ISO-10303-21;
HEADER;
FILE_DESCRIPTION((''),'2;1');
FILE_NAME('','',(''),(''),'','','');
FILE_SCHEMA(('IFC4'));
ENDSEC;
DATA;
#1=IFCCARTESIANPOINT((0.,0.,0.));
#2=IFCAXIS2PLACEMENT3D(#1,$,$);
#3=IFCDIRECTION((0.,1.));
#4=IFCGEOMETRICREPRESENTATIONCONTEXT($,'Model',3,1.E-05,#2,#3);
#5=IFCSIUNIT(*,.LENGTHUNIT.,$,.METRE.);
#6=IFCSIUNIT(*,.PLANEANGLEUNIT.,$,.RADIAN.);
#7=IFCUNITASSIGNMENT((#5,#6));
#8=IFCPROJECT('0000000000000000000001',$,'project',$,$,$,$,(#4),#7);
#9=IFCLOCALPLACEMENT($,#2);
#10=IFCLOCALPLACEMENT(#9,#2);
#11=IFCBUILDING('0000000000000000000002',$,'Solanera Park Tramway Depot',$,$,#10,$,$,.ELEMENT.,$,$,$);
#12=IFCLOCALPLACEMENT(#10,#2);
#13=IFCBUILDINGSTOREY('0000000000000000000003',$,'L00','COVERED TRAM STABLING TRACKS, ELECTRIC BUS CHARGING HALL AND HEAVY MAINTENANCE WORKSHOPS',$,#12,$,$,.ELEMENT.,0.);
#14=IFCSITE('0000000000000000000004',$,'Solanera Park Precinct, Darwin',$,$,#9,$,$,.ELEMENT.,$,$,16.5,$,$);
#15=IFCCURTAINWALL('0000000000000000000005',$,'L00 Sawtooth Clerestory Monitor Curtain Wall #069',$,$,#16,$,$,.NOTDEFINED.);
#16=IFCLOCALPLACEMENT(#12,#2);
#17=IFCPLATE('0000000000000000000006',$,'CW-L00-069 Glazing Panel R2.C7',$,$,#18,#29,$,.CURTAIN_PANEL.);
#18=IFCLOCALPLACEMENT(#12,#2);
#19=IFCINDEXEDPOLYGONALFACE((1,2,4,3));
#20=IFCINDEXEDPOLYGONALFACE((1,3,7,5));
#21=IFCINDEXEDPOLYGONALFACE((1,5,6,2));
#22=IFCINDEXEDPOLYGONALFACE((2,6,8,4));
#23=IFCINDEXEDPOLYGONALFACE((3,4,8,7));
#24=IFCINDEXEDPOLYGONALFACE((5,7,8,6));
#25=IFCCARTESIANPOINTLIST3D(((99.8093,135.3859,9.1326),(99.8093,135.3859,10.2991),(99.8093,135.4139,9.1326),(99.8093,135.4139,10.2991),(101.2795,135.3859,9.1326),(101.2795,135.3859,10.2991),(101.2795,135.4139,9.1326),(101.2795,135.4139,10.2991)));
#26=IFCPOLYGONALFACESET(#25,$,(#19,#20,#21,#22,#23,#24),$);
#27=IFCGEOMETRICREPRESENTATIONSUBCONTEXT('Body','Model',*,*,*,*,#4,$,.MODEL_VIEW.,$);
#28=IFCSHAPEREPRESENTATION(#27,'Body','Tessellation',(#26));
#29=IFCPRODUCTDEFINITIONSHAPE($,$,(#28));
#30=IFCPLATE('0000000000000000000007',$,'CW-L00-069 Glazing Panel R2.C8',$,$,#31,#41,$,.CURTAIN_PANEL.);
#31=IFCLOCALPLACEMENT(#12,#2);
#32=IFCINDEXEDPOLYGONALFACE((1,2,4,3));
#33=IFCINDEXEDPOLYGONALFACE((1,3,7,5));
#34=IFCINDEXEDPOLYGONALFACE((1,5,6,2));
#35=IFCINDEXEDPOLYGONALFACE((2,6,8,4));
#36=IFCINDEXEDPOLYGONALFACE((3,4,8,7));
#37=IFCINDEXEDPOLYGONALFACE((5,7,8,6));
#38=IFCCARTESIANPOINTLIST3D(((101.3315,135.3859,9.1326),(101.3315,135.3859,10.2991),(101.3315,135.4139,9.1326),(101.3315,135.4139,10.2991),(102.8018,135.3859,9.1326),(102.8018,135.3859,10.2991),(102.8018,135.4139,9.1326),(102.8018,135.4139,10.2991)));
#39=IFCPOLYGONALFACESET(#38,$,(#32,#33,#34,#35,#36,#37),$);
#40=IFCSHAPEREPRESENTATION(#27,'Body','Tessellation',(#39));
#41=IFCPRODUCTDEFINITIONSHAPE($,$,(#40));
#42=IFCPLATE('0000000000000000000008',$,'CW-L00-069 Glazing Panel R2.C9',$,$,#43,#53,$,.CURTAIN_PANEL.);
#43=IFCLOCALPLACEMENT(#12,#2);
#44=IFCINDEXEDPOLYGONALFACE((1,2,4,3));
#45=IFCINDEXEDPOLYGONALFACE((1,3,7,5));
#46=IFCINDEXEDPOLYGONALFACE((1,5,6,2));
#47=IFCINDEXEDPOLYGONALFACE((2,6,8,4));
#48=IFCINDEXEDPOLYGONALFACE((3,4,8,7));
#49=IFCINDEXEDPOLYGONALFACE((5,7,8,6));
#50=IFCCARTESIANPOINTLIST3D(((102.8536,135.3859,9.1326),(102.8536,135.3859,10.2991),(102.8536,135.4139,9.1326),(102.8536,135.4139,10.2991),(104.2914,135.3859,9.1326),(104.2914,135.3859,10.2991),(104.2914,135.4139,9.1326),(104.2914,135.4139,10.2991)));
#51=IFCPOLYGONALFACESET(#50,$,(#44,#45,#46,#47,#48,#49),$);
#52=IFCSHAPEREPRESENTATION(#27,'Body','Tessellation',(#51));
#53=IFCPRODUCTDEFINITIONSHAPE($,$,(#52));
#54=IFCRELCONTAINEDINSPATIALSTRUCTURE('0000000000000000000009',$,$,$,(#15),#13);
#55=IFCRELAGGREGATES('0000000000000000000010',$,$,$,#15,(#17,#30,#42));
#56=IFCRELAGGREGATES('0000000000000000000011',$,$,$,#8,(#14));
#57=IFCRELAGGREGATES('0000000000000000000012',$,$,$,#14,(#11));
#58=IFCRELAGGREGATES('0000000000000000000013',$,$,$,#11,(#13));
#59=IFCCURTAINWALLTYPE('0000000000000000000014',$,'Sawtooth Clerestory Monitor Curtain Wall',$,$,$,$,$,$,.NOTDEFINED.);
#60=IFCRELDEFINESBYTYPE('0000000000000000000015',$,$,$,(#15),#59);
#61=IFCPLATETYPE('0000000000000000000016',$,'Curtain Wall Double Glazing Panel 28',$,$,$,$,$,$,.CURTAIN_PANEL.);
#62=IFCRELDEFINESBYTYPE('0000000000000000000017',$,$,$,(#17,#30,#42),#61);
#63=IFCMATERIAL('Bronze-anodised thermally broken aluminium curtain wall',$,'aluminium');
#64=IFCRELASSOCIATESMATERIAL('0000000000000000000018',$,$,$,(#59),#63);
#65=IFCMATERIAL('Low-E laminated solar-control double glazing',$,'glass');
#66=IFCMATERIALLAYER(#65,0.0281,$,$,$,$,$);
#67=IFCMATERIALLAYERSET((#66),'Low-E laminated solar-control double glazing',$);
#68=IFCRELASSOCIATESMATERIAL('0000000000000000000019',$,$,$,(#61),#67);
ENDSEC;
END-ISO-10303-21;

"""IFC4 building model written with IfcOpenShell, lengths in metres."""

from ifc_helpers import new_model, si_unit, direction, frame, origin, origin_2d, place, context, subcontext, project, spatial, rectangle, extrude, material, layer, layer_set, type_object, element, aggregate, save


model = new_model("IFC4")

# Units and contexts
model_context = context("Model", 3, precision=1e-05, world=origin(), true_north=direction((0.0, 1.0)))
body_context = subcontext(model_context, "Body", "Model", "MODEL_VIEW")
ifc_project = project(units=[si_unit("LENGTHUNIT", "METRE"), si_unit("PLANEANGLEUNIT", "RADIAN")], contexts=[model_context])

# Site, building, storey
site_placement = place(None, origin())
site = spatial("IfcSite", under=ifc_project, at=site_placement, Name="Solanera Park Precinct, Darwin", CompositionType="ELEMENT", RefElevation=16.5)
building_placement = place(site_placement, origin())
building = spatial("IfcBuilding", under=site, at=building_placement, Name="Solanera Park Tramway Depot", CompositionType="ELEMENT")
storey_placement = place(building_placement, origin())
storey = spatial("IfcBuildingStorey", under=building, at=storey_placement, Name="L00", Description="COVERED TRAM STABLING TRACKS, ELECTRIC BUS CHARGING HALL AND HEAVY MAINTENANCE WORKSHOPS", CompositionType="ELEMENT", Elevation=0.0)

# Curtain wall, plates
ifc_material_1 = material(Name="Bronze-anodised thermally broken aluminium curtain wall", Category="aluminium")
curtain_wall_type = type_object("IfcCurtainWallType", Name="Sawtooth Clerestory Monitor Curtain Wall", PredefinedType="NOTDEFINED", material=ifc_material_1)
curtain_wall_placement = place(storey_placement, origin())
curtain_wall = element("IfcCurtainWall", 1, at=curtain_wall_placement, inside=storey, type_object=curtain_wall_type, Name="L00 Sawtooth Clerestory Monitor Curtain Wall #069", PredefinedType="NOTDEFINED")
ifc_material_2 = material(Name="Low-E laminated solar-control double glazing", Category="glass")
ifc_layer = layer(ifc_material_2, 0.0281)
ifc_layer_set = layer_set([ifc_layer], Name="Low-E laminated solar-control double glazing")
plate_type = type_object("IfcPlateType", Name="Curtain Wall Double Glazing Panel 28", PredefinedType="CURTAIN_PANEL", material=ifc_layer_set)
plate_1_placement = place(storey_placement, frame((100.5444, 135.3999, 9.1326), z_axis=(0.0, 0.0, 1.0), x_axis=(1.0, 0.0, 0.0)))
plate_1 = element("IfcPlate", 2, at=plate_1_placement, type_object=plate_type, Name="CW-L00-069 Glazing Panel R2.C7", PredefinedType="CURTAIN_PANEL", context=body_context, shape_type="SweptSolid", body=[
    extrude(rectangle(XDim=1.4702, YDim=0.0281, at=origin_2d()), origin(), (0.0, 0.0, 1.0), 1.1665),
])
plate_2_placement = place(storey_placement, frame((102.0667, 135.3999, 9.1326), z_axis=(0.0, 0.0, 1.0), x_axis=(1.0, 0.0, 0.0)))
plate_2 = element("IfcPlate", 3, at=plate_2_placement, type_object=plate_type, Name="CW-L00-069 Glazing Panel R2.C8", PredefinedType="CURTAIN_PANEL", context=body_context, shape_type="SweptSolid", body=[
    extrude(rectangle(XDim=1.4702, YDim=0.0281, at=origin_2d()), origin(), (0.0, 0.0, 1.0), 1.1665),
])
plate_3_placement = place(storey_placement, frame((103.5725, 135.3999, 9.1326), z_axis=(0.0, 0.0, 1.0), x_axis=(1.0, 0.0, 0.0)))
plate_3 = element("IfcPlate", 4, at=plate_3_placement, type_object=plate_type, Name="CW-L00-069 Glazing Panel R2.C9", PredefinedType="CURTAIN_PANEL", context=body_context, shape_type="SweptSolid", body=[
    extrude(rectangle(XDim=1.4377, YDim=0.0281, at=origin_2d()), origin(), (0.0, 0.0, 1.0), 1.1665),
])
aggregate(curtain_wall, [plate_1, plate_2, plate_3])

save(model, "model.ifc")
